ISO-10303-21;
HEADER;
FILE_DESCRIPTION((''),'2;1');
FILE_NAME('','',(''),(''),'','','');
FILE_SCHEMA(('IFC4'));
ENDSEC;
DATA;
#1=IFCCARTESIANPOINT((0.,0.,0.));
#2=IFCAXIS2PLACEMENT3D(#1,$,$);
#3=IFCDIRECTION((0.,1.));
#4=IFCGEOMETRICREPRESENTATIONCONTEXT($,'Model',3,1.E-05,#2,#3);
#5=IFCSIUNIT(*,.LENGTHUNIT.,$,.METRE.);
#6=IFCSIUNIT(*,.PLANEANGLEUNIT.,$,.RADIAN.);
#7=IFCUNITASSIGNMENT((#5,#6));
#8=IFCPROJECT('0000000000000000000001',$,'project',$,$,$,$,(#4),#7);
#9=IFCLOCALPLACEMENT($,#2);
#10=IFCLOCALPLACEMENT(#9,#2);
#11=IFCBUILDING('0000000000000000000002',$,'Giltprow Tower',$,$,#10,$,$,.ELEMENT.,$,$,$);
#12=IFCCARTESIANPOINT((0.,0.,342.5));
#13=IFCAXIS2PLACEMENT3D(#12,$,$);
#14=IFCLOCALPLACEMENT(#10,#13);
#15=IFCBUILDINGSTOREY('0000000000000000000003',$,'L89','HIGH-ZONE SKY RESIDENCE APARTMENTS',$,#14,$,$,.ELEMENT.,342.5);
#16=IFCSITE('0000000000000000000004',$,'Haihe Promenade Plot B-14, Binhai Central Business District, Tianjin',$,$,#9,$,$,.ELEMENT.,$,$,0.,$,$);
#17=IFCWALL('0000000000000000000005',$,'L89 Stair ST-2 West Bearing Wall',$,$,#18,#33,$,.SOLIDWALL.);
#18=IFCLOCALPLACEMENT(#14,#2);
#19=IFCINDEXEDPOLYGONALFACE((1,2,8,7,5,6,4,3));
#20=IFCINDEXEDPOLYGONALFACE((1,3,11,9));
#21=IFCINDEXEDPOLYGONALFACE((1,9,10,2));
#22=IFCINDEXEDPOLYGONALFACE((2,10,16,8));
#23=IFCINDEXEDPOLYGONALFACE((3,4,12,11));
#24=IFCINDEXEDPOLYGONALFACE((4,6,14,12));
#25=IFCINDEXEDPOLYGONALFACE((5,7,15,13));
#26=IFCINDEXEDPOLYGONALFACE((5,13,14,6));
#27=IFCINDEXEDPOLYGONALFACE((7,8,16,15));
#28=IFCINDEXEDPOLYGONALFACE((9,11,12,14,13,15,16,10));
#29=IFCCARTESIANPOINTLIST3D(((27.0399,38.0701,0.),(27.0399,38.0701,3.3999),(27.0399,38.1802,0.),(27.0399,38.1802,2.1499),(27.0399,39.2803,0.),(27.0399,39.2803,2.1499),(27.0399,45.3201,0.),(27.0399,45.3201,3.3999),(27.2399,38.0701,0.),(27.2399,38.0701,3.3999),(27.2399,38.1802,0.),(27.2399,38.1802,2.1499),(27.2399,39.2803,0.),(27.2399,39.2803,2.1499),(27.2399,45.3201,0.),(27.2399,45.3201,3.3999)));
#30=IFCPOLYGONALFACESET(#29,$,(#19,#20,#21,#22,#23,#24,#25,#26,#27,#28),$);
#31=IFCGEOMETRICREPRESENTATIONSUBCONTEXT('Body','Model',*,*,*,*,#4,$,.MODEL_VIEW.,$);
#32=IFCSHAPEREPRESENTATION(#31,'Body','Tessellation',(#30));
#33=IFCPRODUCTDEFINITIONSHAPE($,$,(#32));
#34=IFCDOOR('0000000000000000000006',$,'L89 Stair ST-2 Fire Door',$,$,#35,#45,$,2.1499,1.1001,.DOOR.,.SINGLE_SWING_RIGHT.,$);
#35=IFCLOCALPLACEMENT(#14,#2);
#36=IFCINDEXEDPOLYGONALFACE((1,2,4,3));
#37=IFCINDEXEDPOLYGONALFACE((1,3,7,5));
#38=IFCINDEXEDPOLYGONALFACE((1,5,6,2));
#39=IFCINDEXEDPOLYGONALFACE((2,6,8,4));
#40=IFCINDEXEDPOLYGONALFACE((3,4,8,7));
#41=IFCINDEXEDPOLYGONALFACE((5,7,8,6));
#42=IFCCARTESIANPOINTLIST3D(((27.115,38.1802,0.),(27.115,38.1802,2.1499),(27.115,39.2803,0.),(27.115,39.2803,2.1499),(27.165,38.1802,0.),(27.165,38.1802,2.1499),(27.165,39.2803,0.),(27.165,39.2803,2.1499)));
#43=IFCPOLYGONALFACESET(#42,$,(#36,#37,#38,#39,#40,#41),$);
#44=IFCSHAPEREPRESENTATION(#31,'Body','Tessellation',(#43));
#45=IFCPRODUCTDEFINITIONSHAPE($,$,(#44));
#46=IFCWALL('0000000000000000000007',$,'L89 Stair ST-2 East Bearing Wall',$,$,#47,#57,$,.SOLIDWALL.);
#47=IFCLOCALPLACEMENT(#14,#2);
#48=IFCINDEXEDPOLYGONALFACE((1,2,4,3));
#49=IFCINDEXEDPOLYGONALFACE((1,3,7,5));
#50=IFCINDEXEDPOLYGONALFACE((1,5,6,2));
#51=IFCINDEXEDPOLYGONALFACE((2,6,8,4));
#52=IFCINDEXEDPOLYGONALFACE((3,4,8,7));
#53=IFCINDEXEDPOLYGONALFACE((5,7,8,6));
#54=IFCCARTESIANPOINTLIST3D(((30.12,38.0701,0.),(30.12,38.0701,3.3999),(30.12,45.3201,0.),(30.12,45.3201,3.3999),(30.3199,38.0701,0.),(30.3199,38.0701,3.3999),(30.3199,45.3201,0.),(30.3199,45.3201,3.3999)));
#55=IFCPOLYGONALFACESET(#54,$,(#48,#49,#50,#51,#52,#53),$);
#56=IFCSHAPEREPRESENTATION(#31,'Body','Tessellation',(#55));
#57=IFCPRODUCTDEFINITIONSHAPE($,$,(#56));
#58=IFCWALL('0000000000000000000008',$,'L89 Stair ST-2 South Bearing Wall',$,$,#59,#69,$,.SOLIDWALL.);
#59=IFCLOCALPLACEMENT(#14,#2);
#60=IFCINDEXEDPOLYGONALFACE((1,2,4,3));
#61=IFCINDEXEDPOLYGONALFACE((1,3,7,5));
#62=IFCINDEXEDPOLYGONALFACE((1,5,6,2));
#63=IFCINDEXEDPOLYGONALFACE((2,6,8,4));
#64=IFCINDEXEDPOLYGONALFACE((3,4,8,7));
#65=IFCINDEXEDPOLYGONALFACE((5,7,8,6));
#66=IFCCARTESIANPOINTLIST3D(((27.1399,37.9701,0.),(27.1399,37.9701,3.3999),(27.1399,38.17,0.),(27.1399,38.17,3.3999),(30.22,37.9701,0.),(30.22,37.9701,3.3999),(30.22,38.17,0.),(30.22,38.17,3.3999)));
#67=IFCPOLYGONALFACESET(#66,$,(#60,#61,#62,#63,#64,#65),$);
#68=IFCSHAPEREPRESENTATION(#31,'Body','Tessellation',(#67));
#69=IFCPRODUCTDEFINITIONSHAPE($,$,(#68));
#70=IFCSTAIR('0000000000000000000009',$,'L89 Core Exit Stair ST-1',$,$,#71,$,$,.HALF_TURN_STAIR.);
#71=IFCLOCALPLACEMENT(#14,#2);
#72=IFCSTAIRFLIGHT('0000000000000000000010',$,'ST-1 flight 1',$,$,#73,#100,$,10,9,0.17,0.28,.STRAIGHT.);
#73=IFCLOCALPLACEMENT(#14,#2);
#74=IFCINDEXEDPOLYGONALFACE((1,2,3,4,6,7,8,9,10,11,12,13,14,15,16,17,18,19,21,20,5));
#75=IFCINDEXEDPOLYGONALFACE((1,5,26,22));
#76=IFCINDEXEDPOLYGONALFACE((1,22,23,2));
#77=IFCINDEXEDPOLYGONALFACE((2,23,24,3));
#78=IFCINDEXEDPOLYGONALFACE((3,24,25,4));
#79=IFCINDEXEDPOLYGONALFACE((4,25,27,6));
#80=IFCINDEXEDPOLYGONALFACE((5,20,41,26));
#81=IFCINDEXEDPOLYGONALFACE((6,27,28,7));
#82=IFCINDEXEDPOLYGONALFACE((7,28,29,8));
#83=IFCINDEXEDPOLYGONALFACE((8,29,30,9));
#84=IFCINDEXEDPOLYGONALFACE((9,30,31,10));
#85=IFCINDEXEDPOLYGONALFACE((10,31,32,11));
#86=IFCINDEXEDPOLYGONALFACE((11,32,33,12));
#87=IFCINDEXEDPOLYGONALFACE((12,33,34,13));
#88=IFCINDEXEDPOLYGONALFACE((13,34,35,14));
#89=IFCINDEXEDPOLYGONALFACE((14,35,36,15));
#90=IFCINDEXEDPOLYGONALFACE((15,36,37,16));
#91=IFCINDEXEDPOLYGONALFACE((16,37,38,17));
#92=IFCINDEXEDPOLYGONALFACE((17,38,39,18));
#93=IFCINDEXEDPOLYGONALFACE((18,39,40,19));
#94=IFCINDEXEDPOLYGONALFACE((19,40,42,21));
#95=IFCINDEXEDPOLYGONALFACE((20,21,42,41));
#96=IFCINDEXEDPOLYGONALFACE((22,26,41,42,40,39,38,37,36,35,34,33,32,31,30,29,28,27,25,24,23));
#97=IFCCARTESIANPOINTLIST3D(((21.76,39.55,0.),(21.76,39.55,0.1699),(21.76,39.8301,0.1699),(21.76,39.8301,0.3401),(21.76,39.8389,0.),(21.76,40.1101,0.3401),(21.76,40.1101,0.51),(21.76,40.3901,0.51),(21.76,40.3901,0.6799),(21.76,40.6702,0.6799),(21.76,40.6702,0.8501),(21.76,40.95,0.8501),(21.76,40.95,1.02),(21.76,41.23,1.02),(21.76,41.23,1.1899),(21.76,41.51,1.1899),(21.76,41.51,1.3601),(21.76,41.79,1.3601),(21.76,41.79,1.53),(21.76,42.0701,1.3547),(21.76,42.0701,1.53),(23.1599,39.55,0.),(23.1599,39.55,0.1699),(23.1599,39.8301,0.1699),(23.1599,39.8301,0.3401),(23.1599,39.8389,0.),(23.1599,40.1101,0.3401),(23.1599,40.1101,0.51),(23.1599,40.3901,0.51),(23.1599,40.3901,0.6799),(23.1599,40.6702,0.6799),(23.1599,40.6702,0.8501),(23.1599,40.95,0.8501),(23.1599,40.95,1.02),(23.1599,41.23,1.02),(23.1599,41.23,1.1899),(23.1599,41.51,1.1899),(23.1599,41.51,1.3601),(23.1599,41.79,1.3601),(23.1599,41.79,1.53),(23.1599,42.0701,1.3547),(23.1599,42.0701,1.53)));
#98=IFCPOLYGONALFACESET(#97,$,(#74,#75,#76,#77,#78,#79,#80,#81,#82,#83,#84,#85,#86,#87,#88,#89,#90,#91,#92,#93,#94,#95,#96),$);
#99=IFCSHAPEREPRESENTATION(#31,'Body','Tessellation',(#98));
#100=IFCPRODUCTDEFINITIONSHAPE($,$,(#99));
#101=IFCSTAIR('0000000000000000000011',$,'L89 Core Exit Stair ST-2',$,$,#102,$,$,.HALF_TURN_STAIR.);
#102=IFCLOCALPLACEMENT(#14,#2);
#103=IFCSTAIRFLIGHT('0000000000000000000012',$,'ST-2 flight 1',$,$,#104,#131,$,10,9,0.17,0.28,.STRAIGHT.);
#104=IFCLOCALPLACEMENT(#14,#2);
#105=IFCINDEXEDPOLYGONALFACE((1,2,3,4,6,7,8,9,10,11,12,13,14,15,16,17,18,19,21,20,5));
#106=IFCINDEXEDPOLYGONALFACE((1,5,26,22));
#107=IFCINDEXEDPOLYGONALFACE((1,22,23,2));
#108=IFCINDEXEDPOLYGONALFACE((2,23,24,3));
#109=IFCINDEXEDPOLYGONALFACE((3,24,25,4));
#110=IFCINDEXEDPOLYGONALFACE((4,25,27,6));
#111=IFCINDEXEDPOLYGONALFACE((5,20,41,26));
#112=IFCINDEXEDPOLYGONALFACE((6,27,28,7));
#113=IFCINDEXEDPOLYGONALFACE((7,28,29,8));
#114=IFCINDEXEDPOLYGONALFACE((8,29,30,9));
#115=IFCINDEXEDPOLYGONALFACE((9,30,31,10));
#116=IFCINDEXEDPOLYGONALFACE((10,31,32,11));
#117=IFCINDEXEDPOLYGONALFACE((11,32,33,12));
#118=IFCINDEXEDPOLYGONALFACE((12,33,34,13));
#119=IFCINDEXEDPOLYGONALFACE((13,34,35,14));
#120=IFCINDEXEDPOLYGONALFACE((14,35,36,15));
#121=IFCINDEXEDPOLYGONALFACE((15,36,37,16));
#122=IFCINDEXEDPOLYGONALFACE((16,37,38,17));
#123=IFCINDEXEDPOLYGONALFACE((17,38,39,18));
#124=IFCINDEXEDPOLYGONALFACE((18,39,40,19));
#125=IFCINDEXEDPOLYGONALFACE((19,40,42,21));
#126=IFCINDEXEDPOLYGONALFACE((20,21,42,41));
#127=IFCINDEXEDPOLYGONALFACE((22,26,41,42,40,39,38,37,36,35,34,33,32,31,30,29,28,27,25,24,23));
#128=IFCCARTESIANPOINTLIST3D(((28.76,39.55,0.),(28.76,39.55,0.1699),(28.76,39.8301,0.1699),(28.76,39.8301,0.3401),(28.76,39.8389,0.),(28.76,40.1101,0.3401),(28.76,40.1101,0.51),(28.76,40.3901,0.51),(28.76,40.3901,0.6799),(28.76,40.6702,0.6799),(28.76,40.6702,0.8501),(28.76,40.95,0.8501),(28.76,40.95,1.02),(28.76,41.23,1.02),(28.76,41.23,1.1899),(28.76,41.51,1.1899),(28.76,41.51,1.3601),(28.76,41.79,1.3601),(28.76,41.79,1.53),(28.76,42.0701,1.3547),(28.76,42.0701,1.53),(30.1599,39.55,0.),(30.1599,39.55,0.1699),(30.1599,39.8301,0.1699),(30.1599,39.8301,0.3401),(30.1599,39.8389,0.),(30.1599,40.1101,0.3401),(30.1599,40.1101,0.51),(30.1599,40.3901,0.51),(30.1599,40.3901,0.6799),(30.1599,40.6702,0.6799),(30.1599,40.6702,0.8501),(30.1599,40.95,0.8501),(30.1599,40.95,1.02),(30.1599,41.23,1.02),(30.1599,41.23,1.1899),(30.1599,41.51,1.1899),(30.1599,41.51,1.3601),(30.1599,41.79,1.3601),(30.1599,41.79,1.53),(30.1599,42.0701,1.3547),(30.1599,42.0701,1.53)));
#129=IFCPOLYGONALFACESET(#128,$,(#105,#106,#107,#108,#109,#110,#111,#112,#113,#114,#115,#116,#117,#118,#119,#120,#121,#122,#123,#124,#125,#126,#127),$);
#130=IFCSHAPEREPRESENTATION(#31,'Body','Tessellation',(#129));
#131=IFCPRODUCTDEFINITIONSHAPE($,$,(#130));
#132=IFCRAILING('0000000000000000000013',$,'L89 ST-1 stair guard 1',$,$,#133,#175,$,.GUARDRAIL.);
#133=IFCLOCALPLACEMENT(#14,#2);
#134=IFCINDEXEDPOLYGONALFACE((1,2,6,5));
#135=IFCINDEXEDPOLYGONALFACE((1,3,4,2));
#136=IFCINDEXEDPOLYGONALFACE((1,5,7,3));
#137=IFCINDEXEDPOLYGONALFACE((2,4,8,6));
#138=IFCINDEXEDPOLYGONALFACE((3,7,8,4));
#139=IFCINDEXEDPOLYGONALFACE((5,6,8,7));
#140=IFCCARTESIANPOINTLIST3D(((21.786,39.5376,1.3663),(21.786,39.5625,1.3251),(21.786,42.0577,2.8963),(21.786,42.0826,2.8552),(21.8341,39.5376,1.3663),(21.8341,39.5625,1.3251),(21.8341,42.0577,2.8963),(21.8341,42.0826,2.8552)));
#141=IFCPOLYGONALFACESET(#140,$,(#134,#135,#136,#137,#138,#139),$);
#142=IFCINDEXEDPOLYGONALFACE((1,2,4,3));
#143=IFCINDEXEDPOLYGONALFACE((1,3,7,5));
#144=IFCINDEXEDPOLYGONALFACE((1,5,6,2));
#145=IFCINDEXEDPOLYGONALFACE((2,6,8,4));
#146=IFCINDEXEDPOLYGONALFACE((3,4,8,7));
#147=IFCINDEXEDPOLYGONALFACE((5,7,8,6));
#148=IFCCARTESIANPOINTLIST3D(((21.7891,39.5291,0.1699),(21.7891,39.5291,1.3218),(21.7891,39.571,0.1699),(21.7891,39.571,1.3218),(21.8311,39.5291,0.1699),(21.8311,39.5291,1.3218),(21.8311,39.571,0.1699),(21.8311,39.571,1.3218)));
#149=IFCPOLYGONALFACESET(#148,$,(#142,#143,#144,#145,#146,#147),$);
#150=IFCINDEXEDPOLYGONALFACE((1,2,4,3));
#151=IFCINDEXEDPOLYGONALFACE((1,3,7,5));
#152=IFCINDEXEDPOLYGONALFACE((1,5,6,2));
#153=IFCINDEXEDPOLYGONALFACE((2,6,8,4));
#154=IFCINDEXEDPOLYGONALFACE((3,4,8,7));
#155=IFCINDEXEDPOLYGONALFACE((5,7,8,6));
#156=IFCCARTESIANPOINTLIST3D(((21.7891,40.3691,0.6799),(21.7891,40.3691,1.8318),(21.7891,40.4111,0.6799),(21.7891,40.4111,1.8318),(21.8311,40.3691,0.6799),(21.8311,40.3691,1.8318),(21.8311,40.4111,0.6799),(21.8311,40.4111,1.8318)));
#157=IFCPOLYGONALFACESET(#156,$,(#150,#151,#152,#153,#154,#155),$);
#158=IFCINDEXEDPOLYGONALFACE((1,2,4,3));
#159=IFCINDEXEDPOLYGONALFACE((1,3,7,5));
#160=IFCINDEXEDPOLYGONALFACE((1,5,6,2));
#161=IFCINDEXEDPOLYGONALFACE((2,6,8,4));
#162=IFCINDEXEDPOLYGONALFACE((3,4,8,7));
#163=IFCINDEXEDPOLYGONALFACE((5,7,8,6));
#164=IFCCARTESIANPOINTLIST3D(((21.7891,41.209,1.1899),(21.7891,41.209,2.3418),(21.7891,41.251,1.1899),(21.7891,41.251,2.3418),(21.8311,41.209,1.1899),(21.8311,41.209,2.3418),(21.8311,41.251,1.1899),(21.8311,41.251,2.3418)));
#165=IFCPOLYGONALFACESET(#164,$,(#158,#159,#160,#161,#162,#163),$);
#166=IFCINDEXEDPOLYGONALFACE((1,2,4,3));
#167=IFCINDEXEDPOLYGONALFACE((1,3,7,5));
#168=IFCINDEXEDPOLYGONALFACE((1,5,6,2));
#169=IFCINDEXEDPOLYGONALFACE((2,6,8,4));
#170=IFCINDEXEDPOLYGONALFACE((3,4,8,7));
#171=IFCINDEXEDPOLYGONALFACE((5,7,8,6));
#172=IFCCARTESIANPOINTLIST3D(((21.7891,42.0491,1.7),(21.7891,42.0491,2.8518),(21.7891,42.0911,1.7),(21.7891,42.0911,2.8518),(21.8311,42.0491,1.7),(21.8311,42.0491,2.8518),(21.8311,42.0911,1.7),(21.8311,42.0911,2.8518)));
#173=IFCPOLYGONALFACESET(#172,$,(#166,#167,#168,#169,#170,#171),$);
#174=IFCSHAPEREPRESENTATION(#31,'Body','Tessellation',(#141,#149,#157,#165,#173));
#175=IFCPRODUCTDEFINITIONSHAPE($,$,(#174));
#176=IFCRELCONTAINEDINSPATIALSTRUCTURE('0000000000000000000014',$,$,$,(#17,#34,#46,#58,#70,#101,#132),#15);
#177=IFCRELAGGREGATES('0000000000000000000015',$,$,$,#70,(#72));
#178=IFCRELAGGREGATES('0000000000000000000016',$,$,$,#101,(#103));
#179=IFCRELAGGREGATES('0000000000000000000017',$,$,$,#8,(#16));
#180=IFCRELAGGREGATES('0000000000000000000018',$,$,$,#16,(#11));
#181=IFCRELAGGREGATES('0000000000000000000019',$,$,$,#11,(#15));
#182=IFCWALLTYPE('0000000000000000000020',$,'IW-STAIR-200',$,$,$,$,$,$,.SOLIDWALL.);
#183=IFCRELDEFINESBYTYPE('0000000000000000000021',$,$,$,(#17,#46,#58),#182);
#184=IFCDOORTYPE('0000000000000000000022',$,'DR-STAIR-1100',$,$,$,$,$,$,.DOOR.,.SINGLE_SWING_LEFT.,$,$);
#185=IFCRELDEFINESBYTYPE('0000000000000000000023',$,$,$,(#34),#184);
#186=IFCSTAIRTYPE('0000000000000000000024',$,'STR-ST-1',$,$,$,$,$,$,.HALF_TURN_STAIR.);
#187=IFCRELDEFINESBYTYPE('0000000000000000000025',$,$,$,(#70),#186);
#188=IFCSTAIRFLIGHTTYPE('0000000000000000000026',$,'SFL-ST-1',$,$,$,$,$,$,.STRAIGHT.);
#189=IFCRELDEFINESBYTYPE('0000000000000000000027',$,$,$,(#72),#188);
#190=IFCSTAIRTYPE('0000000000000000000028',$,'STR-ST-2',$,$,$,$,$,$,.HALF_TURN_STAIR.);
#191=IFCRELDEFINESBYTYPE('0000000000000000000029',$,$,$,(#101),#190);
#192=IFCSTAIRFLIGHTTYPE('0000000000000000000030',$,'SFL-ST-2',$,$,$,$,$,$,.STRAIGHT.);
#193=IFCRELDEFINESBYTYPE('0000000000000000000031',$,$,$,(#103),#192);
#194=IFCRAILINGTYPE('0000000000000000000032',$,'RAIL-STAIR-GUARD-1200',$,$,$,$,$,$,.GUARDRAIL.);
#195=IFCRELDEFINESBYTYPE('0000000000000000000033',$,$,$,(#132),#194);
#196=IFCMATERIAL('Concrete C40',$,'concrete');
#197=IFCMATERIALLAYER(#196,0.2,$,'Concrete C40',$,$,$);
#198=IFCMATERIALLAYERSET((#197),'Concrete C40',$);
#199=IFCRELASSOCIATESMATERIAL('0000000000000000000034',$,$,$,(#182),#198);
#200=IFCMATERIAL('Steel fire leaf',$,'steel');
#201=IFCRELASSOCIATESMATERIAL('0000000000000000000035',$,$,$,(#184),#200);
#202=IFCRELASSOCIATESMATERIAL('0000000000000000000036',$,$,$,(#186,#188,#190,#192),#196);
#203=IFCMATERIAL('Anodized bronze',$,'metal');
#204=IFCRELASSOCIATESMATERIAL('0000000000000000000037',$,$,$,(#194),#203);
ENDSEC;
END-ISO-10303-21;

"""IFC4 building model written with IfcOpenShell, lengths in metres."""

from ifc_helpers import new_model, si_unit, direction, frame, frame_2d, origin, origin_2d, place, context, subcontext, project, spatial, polyline, rectangle, outline, extrude, source, transform, mapped, material, layer, layer_set, type_object, element, fill, aggregate, save


model = new_model("IFC4")

# Units and contexts
model_context = context("Model", 3, precision=1e-05, world=origin(), true_north=direction((0.0, 1.0)))
body_context = subcontext(model_context, "Body", "Model", "MODEL_VIEW")
ifc_project = project(units=[si_unit("LENGTHUNIT", "METRE"), si_unit("PLANEANGLEUNIT", "RADIAN")], contexts=[model_context])

# Site, building, storey
site_placement = place(None, origin())
site = spatial("IfcSite", under=ifc_project, at=site_placement, Name="Haihe Promenade Plot B-14, Binhai Central Business District, Tianjin", CompositionType="ELEMENT", RefElevation=0.0)
building_placement = place(site_placement, origin())
building = spatial("IfcBuilding", under=site, at=building_placement, Name="Giltprow Tower", CompositionType="ELEMENT")
storey_placement = place(building_placement, frame((0.0, 0.0, 342.5)))
storey = spatial("IfcBuildingStorey", under=building, at=storey_placement, Name="L89", Description="HIGH-ZONE SKY RESIDENCE APARTMENTS", CompositionType="ELEMENT", Elevation=342.5)

# Wall, opening, door
ifc_material_1 = material(Name="Concrete C40", Category="concrete")
ifc_layer_1 = layer(ifc_material_1, 0.2, Name="Concrete C40")
ifc_layer_set_1 = layer_set([ifc_layer_1], Name="Concrete C40")
wall_type_1 = type_object("IfcWallType", Name="IW-STAIR-200", PredefinedType="SOLIDWALL", material=ifc_layer_set_1)
ifc_material_2 = material(Name="Steel fire leaf", Category="steel")
door_type_1 = type_object("IfcDoorType", Name="DR-STAIR-1100", OperationType="SINGLE_SWING_LEFT", PredefinedType="DOOR", material=ifc_material_2)
shared_shape_1 = source(origin(), body_context, "Body", "SweptSolid", [
    extrude(rectangle(XDim=1.1001, YDim=2.1499, at=frame_2d((0.55, 1.075))), frame((0.0, 0.0249, 0.0), z_axis=(0.0, -1.0, 0.0), x_axis=(1.0, 0.0, 0.0)), (0.0, 0.0, 1.0), 0.05),
])
wall_1_placement = place(storey_placement, frame((27.1399, 38.0701, 0.0), z_axis=(0.0, 0.0, 1.0), x_axis=(0.0, 1.0, 0.0)))
wall_1 = element("IfcWall", 1, at=wall_1_placement, inside=storey, type_object=wall_type_1, Name="L89 Stair ST-2 West Bearing Wall", PredefinedType="SOLIDWALL", context=body_context, shape_type="SweptSolid", body=[
    extrude(rectangle(XDim=7.25, YDim=0.2, at=frame_2d((3.625, 0.0))), origin(), (0.0, 0.0, 1.0), 3.3999),
])
opening_1_placement = place(wall_1_placement, frame((0.1101, 0.0, 0.0)))
opening_1 = element("IfcOpeningElement", 2, at=opening_1_placement, cuts=wall_1, PredefinedType="OPENING", context=body_context, shape_type="SweptSolid", body=[
    extrude(rectangle(XDim=1.1001, YDim=2.1499, at=frame_2d((0.55, 1.075))), frame((0.0, 0.1099, 0.0), z_axis=(0.0, -1.0, 0.0), x_axis=(1.0, 0.0, 0.0)), (0.0, 0.0, 1.0), 0.22),
])
door_1_placement = place(opening_1_placement, origin())
door_1 = element("IfcDoor", 3, at=door_1_placement, inside=storey, type_object=door_type_1, Name="L89 Stair ST-2 Fire Door", OperationType="SINGLE_SWING_RIGHT", OverallHeight=2.1499, OverallWidth=1.1001, PredefinedType="DOOR", context=body_context, shape_type="MappedRepresentation", body=[
    mapped(shared_shape_1, transform((0.0, 0.0, 0.0), x_axis=(1.0, 0.0, 0.0), y_axis=(0.0, 1.0, 0.0), z_axis=(0.0, 0.0, 1.0), scale=1.0)),
])
fill(opening_1, door_1)

# Walls
wall_2_placement = place(storey_placement, frame((30.22, 38.0701, 0.0), z_axis=(0.0, 0.0, 1.0), x_axis=(0.0, 1.0, 0.0)))
element("IfcWall", 4, at=wall_2_placement, inside=storey, type_object=wall_type_1, Name="L89 Stair ST-2 East Bearing Wall", PredefinedType="SOLIDWALL", context=body_context, shape_type="SweptSolid", body=[
    extrude(rectangle(XDim=7.25, YDim=0.2, at=frame_2d((3.625, 0.0))), origin(), (0.0, 0.0, 1.0), 3.3999),
])
wall_3_placement = place(storey_placement, frame((27.1399, 38.0701, 0.0), z_axis=(0.0, 0.0, 1.0), x_axis=(1.0, 0.0, 0.0)))
element("IfcWall", 5, at=wall_3_placement, inside=storey, type_object=wall_type_1, Name="L89 Stair ST-2 South Bearing Wall", PredefinedType="SOLIDWALL", context=body_context, shape_type="SweptSolid", body=[
    extrude(rectangle(XDim=3.0801, YDim=0.2, at=frame_2d((1.54, 0.0))), origin(), (0.0, 0.0, 1.0), 3.3999),
])

# Stairs, stair flights
stair_type_1 = type_object("IfcStairType", Name="STR-ST-1", PredefinedType="HALF_TURN_STAIR", material=ifc_material_1)
stair_1_placement = place(storey_placement, origin())
stair_1 = element("IfcStair", 6, at=stair_1_placement, inside=storey, type_object=stair_type_1, Name="L89 Core Exit Stair ST-1", PredefinedType="HALF_TURN_STAIR")
stair_flight_type_1 = type_object("IfcStairFlightType", Name="SFL-ST-1", PredefinedType="STRAIGHT", material=ifc_material_1)
stair_flight_1_placement = place(storey_placement, frame((22.46, 39.55, 0.0), z_axis=(0.0, 0.0, 1.0), x_axis=(0.0, 1.0, 0.0)))
stair_flight_1 = element("IfcStairFlight", 7, at=stair_flight_1_placement, type_object=stair_flight_type_1, Name="ST-1 flight 1", NumberOfRisers=10, NumberOfTreads=9, PredefinedType="STRAIGHT", RiserHeight=0.17, TreadLength=0.28, context=body_context, shape_type="SweptSolid", body=[
    extrude(outline(polyline([(0.0, 0.0), (0.0, 0.1699), (0.28, 0.1699), (0.28, 0.3401), (0.5601, 0.3401), (0.5601, 0.51), (0.8401, 0.51), (0.8401, 0.6799), (1.1201, 0.6799), (1.1201, 0.8501), (1.3999, 0.8501), (1.3999, 1.02), (1.6799, 1.02), (1.6799, 1.1899), (1.96, 1.1899), (1.96, 1.3601), (2.24, 1.3601), (2.24, 1.53), (2.52, 1.53), (2.52, 1.7), (2.52, 1.3547), (0.2888, 0.0), (0.0, 0.0)])), frame((0.0, 0.7, 0.0), z_axis=(0.0, -1.0, 0.0), x_axis=(1.0, 0.0, 0.0)), (0.0, 0.0, 1.0), 1.3999),
])
aggregate(stair_1, [stair_flight_1])
stair_type_2 = type_object("IfcStairType", Name="STR-ST-2", PredefinedType="HALF_TURN_STAIR", material=ifc_material_1)
stair_2_placement = place(storey_placement, origin())
stair_2 = element("IfcStair", 8, at=stair_2_placement, inside=storey, type_object=stair_type_2, Name="L89 Core Exit Stair ST-2", PredefinedType="HALF_TURN_STAIR")
stair_flight_type_2 = type_object("IfcStairFlightType", Name="SFL-ST-2", PredefinedType="STRAIGHT", material=ifc_material_1)
stair_flight_2_placement = place(storey_placement, frame((29.46, 39.55, 0.0), z_axis=(0.0, 0.0, 1.0), x_axis=(0.0, 1.0, 0.0)))
stair_flight_2 = element("IfcStairFlight", 9, at=stair_flight_2_placement, type_object=stair_flight_type_2, Name="ST-2 flight 1", NumberOfRisers=10, NumberOfTreads=9, PredefinedType="STRAIGHT", RiserHeight=0.17, TreadLength=0.28, context=body_context, shape_type="SweptSolid", body=[
    extrude(outline(polyline([(0.0, 0.0), (0.0, 0.1699), (0.28, 0.1699), (0.28, 0.3401), (0.5601, 0.3401), (0.5601, 0.51), (0.8401, 0.51), (0.8401, 0.6799), (1.1201, 0.6799), (1.1201, 0.8501), (1.3999, 0.8501), (1.3999, 1.02), (1.6799, 1.02), (1.6799, 1.1899), (1.96, 1.1899), (1.96, 1.3601), (2.24, 1.3601), (2.24, 1.53), (2.52, 1.53), (2.52, 1.7), (2.52, 1.3547), (0.2888, 0.0), (0.0, 0.0)])), frame((0.0, 0.7, 0.0), z_axis=(0.0, -1.0, 0.0), x_axis=(1.0, 0.0, 0.0)), (0.0, 0.0, 1.0), 1.3999),
])
aggregate(stair_2, [stair_flight_2])

# Railing
ifc_material_3 = material(Name="Anodized bronze", Category="metal")
railing_type_1 = type_object("IfcRailingType", Name="RAIL-STAIR-GUARD-1200", PredefinedType="GUARDRAIL", material=ifc_material_3)
railing_1_placement = place(storey_placement, frame((21.8101, 39.55, 0.1699)))
element("IfcRailing", 10, at=railing_1_placement, inside=storey, type_object=railing_type_1, Name="L89 ST-1 stair guard 1", PredefinedType="GUARDRAIL", context=body_context, shape_type="SweptSolid", body=[
    extrude(rectangle(XDim=0.0481, YDim=0.0481, at=origin_2d()), frame((0.0, 0.0, 1.1758), z_axis=(0.0, 0.854785, 0.518982), x_axis=(-1.0, 0.0, 0.0)), (0.0, 0.0, 1.0), 2.9482),
    extrude(rectangle(XDim=0.042, YDim=0.042, at=origin_2d()), origin(), (0.0, 0.0, 1.0), 1.1519),
    extrude(rectangle(XDim=0.042, YDim=0.042, at=origin_2d()), frame((0.0, 0.8401, 0.51)), (0.0, 0.0, 1.0), 1.1519),
    extrude(rectangle(XDim=0.042, YDim=0.042, at=origin_2d()), frame((0.0, 1.6799, 1.02)), (0.0, 0.0, 1.0), 1.1519),
    extrude(rectangle(XDim=0.042, YDim=0.042, at=origin_2d()), frame((0.0, 2.52, 1.53)), (0.0, 0.0, 1.0), 1.1519),
])

save(model, "model.ifc")
